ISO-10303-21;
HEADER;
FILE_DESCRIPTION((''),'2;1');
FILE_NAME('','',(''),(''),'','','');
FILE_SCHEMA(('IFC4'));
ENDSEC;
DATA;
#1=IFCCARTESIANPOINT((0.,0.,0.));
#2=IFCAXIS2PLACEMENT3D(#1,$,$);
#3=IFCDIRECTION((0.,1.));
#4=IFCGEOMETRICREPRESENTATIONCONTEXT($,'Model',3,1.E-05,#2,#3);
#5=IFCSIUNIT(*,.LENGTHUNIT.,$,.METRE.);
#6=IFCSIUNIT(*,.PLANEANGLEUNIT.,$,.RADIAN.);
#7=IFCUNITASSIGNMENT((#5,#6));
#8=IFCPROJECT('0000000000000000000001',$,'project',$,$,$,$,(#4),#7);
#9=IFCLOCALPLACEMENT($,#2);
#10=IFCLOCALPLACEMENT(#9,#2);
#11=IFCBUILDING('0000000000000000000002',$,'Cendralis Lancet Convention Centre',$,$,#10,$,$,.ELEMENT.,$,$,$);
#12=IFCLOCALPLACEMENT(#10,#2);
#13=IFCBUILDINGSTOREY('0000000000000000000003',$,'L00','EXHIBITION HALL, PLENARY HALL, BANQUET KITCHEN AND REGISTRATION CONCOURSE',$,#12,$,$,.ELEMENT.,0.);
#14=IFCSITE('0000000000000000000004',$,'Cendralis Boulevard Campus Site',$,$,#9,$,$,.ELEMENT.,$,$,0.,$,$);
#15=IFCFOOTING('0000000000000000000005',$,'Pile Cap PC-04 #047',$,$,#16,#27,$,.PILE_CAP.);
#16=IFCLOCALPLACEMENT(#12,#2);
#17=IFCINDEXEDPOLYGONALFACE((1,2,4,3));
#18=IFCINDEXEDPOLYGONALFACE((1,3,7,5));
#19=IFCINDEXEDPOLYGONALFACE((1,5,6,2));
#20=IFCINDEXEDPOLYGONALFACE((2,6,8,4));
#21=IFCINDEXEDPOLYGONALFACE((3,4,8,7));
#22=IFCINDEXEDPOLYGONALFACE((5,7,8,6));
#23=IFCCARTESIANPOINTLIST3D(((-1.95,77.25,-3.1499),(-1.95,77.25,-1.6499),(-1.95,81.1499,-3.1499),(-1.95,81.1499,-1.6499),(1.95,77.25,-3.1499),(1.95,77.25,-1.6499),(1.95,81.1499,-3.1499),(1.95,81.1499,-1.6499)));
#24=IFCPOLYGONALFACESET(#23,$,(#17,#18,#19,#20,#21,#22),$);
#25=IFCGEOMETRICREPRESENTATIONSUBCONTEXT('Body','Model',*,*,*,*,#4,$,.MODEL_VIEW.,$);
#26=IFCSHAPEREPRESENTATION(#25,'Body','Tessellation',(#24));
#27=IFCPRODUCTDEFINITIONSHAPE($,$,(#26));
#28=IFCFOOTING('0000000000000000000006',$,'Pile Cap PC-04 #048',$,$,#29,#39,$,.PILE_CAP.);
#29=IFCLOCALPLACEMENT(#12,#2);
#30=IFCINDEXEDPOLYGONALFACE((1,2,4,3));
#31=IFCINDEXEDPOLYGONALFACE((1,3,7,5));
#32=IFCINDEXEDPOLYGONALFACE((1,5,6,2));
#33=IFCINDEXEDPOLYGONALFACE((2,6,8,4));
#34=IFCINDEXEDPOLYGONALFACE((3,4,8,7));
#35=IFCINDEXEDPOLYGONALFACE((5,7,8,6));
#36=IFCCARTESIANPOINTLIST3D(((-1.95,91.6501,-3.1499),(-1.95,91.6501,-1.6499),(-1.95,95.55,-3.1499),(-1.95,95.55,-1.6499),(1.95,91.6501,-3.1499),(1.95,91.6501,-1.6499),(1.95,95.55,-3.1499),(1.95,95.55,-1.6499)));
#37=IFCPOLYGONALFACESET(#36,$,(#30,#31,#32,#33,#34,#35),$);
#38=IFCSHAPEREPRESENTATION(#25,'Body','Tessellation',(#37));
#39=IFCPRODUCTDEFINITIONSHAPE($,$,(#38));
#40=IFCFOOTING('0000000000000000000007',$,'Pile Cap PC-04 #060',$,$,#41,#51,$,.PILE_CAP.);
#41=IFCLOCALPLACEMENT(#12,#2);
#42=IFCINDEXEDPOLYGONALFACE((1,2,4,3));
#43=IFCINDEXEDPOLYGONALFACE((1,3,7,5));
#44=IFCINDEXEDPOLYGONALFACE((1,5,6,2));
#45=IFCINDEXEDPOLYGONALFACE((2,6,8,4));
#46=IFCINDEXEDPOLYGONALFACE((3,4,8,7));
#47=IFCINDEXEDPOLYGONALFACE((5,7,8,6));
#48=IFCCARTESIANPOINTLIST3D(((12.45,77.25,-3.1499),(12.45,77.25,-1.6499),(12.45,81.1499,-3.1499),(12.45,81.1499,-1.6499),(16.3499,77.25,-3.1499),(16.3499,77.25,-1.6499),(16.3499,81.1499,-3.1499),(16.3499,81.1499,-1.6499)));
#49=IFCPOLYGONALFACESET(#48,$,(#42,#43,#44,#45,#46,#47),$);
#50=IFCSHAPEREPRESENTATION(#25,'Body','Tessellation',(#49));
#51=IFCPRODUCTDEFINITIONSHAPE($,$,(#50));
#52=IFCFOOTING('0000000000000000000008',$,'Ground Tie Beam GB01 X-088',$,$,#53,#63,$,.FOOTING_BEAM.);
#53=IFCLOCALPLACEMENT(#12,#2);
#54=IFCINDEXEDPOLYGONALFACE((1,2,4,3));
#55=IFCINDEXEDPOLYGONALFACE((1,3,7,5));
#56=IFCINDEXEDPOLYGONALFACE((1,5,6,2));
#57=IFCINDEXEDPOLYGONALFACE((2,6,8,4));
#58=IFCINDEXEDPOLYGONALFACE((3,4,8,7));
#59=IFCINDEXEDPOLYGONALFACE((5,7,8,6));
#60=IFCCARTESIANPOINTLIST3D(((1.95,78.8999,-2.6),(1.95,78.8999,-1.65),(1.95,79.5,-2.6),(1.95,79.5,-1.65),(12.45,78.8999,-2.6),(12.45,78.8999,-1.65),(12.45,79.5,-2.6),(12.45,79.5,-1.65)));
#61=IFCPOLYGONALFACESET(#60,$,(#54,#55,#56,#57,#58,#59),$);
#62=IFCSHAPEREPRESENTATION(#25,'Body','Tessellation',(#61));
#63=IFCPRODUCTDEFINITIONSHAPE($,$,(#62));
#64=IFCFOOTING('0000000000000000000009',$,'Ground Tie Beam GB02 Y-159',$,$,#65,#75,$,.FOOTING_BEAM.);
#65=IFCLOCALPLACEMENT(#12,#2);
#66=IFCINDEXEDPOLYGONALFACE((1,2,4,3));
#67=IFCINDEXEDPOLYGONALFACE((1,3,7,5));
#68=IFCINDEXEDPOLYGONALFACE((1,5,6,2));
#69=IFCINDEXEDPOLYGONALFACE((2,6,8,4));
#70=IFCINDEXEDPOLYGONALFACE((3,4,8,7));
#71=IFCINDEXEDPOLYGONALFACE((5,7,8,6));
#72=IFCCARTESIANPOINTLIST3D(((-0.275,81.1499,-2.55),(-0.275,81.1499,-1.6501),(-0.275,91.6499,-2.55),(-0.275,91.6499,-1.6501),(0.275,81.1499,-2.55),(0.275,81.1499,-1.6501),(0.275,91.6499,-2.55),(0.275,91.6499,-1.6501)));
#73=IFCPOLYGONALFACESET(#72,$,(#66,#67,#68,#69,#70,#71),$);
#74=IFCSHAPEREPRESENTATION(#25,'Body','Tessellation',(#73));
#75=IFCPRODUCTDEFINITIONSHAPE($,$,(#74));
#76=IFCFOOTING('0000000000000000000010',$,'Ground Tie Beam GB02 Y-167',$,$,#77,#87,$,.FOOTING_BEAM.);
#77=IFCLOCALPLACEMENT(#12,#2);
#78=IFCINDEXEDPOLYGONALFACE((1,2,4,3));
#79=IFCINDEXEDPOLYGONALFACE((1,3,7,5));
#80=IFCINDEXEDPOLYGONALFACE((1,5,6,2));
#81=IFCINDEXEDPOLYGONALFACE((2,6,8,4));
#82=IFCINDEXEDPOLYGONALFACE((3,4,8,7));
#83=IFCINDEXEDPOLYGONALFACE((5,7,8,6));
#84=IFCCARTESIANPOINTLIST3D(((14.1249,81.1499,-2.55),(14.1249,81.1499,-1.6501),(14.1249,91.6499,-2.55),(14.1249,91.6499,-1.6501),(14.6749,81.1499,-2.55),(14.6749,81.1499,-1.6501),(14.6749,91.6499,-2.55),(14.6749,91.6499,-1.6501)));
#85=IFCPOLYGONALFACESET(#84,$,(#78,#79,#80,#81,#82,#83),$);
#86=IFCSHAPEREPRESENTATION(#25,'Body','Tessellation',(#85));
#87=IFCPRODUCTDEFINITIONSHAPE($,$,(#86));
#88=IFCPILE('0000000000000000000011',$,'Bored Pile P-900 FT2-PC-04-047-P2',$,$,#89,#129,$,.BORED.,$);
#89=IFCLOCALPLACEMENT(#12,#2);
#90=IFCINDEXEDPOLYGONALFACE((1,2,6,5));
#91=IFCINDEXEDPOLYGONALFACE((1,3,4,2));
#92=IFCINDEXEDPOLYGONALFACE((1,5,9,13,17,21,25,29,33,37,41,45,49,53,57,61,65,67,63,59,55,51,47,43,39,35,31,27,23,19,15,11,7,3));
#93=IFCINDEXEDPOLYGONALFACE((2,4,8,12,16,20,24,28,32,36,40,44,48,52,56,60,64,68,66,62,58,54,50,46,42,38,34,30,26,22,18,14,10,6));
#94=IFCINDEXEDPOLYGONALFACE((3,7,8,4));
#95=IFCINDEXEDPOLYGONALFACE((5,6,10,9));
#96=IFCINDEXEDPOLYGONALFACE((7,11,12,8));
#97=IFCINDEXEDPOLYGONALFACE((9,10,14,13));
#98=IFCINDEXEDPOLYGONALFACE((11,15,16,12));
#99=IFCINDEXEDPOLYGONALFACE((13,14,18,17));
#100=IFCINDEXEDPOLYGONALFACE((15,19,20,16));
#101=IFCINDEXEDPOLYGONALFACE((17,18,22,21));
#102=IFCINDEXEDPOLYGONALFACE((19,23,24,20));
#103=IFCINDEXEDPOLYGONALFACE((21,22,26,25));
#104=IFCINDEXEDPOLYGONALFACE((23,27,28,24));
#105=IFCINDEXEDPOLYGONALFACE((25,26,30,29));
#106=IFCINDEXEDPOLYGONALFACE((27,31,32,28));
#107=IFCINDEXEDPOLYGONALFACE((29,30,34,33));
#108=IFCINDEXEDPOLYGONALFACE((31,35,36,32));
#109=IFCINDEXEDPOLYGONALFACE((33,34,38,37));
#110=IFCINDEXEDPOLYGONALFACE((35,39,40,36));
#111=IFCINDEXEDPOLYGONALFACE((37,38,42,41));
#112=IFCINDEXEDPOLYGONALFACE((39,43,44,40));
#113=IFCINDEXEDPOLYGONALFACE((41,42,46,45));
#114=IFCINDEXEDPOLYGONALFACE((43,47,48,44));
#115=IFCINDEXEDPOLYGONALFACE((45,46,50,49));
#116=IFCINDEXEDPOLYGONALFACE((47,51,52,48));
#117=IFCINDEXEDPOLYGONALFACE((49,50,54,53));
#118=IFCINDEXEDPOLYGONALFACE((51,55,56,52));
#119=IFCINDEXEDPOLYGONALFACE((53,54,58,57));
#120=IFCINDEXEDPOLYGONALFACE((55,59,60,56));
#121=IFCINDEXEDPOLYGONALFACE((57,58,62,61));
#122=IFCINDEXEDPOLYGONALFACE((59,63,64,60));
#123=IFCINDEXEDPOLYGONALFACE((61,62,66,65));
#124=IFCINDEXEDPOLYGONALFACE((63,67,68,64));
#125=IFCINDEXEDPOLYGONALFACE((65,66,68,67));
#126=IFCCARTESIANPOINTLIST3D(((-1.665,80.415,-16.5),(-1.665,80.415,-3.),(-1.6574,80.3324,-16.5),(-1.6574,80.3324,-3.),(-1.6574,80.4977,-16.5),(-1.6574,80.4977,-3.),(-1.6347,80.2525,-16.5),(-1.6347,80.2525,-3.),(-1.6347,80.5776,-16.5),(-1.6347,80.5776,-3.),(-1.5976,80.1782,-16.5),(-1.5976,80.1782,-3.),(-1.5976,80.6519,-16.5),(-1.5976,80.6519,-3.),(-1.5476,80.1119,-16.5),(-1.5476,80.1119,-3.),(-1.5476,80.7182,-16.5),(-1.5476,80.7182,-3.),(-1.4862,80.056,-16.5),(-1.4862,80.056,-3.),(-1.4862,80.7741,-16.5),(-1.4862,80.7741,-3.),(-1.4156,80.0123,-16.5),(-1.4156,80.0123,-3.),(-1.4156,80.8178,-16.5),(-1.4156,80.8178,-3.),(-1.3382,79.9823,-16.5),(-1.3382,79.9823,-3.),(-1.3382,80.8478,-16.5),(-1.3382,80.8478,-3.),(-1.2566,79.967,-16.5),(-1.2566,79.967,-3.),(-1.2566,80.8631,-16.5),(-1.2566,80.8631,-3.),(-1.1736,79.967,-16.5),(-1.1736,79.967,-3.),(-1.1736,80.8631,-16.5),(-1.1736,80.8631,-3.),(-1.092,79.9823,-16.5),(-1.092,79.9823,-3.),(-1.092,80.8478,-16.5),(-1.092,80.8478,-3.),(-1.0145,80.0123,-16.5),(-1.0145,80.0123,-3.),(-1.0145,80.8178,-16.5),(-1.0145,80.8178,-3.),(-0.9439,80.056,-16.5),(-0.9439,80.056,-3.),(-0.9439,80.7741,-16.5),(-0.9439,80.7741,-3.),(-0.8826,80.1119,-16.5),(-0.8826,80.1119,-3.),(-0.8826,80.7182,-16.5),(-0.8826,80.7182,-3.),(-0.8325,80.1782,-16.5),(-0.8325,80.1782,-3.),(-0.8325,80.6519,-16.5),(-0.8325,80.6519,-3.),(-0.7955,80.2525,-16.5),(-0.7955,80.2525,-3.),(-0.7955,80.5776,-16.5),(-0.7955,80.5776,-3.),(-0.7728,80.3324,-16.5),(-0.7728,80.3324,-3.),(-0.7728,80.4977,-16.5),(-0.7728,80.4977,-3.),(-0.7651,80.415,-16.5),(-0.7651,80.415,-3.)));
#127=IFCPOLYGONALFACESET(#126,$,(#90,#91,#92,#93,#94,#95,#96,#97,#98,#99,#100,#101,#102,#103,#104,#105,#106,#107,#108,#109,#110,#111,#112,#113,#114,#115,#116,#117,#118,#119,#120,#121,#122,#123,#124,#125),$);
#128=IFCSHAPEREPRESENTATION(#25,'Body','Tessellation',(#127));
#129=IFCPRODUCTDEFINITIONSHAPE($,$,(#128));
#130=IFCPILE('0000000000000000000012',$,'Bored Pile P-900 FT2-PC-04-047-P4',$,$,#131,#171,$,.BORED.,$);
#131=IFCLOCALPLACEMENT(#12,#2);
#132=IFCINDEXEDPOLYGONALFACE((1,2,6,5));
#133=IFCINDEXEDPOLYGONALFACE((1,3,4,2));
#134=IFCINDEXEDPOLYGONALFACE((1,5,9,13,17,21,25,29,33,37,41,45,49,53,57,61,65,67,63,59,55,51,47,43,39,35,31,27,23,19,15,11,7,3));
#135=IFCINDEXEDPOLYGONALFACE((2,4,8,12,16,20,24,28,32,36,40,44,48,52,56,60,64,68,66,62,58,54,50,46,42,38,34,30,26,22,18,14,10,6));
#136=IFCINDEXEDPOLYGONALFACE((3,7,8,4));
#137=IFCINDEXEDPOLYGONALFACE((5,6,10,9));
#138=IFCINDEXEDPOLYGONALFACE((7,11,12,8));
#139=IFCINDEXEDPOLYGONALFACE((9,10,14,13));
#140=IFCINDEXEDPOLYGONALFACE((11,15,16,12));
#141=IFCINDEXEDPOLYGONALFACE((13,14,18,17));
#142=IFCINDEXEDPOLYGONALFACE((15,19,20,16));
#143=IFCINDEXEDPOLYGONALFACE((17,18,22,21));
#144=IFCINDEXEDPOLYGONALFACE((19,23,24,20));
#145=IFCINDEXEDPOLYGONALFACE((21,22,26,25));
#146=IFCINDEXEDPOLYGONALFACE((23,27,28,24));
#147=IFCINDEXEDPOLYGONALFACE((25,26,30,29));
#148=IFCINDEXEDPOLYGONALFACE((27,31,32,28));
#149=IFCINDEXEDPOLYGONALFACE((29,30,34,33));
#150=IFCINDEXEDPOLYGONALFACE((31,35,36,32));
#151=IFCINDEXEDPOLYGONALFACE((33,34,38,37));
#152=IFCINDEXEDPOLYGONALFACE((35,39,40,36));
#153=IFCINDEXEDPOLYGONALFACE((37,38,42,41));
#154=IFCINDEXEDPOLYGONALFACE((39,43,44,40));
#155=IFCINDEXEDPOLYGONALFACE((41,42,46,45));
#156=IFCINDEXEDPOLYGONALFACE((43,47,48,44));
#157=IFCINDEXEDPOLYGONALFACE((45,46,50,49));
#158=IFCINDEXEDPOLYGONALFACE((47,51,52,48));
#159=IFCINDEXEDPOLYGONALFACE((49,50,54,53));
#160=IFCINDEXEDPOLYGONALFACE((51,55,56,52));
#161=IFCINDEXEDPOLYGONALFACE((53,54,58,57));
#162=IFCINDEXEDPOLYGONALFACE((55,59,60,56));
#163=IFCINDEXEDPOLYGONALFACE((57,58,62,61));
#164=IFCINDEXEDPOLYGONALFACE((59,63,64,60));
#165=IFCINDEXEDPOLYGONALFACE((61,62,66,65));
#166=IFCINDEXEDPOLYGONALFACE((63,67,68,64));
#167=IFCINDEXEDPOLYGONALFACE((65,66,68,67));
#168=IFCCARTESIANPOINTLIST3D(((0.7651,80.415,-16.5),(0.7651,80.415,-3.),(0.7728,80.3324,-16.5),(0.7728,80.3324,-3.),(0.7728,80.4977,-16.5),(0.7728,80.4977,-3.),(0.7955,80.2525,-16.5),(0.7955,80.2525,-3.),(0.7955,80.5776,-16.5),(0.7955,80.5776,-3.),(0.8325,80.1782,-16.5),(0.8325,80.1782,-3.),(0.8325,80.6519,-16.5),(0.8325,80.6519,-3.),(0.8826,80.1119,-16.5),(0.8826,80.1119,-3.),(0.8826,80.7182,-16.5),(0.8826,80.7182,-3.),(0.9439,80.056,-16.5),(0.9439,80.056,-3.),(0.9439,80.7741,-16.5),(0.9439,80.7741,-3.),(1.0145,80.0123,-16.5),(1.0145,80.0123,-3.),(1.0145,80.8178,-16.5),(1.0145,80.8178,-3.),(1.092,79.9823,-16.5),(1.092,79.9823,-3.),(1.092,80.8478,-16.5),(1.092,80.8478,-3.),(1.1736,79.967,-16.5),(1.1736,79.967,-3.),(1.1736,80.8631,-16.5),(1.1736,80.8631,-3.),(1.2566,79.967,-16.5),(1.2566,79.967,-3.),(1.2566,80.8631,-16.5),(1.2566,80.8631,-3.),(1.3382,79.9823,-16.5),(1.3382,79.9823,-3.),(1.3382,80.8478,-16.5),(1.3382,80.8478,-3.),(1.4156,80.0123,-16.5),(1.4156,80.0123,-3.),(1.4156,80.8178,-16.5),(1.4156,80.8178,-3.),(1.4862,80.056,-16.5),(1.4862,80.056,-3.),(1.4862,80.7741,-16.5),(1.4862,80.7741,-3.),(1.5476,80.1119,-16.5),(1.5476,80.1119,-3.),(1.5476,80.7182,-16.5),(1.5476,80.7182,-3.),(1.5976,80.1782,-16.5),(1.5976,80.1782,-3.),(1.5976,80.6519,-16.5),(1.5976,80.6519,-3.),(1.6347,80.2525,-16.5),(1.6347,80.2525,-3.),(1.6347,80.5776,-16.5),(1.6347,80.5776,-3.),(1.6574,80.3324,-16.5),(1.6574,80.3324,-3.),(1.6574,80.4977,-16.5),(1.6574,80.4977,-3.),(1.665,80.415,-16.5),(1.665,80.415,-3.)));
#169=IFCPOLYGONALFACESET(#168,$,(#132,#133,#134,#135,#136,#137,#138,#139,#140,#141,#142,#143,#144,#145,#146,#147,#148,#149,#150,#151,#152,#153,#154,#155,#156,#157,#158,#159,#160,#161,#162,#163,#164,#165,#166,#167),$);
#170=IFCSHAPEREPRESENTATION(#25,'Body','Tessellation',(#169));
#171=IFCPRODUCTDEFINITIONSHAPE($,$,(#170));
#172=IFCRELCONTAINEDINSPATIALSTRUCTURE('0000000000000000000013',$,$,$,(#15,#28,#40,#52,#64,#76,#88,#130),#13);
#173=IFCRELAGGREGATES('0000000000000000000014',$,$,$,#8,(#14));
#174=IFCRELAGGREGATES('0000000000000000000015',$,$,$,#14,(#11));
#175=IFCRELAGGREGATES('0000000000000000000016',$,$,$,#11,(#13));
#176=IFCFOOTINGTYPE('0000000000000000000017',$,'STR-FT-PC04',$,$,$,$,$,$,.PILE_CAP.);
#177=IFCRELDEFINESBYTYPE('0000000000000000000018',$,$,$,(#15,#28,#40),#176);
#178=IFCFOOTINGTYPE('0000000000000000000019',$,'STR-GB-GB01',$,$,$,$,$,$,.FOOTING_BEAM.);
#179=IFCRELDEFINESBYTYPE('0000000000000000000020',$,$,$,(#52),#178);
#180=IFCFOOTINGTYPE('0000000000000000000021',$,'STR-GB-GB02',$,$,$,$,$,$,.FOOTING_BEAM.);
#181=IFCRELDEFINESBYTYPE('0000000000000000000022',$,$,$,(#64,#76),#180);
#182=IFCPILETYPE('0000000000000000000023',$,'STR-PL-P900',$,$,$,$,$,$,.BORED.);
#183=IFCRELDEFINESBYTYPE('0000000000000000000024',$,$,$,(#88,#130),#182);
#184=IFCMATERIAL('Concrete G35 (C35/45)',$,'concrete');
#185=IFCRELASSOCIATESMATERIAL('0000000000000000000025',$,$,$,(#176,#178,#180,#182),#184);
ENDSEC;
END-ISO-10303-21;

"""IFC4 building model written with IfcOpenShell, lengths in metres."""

from ifc_helpers import new_model, si_unit, direction, frame, origin, origin_2d, place, context, subcontext, project, spatial, rectangle, circle, extrude, material, material_profile, profile_set, type_object, element, save


model = new_model("IFC4")

# Units and contexts
model_context = context("Model", 3, precision=1e-05, world=origin(), true_north=direction((0.0, 1.0)))
body_context = subcontext(model_context, "Body", "Model", "MODEL_VIEW")
ifc_project = project(units=[si_unit("LENGTHUNIT", "METRE"), si_unit("PLANEANGLEUNIT", "RADIAN")], contexts=[model_context])

# Site, building, storey
site_placement = place(None, origin())
site = spatial("IfcSite", under=ifc_project, at=site_placement, Name="Cendralis Boulevard Campus Site", CompositionType="ELEMENT", RefElevation=0.0)
building_placement = place(site_placement, origin())
building = spatial("IfcBuilding", under=site, at=building_placement, Name="Cendralis Lancet Convention Centre", CompositionType="ELEMENT")
storey_placement = place(building_placement, origin())
storey = spatial("IfcBuildingStorey", under=building, at=storey_placement, Name="L00", Description="EXHIBITION HALL, PLENARY HALL, BANQUET KITCHEN AND REGISTRATION CONCOURSE", CompositionType="ELEMENT", Elevation=0.0)

# Footings
ifc_material_1 = material(Name="Concrete G35 (C35/45)", Category="concrete")
footing_type_1 = type_object("IfcFootingType", Name="STR-FT-PC04", PredefinedType="PILE_CAP", material=ifc_material_1)
for number, where, z_axis, x_axis, name in (
    (1, (0.0, 79.2, -3.1499), (0.0, 0.0, 1.0), (1.0, 0.0, 0.0), "Pile Cap PC-04 #047"),
    (2, (0.0, 93.6001, -3.1499), (0.0, 0.0, 1.0), (1.0, 0.0, 0.0), "Pile Cap PC-04 #048"),
    (3, (14.3999, 79.2, -3.1499), (0.0, 0.0, 1.0), (1.0, 0.0, 0.0), "Pile Cap PC-04 #060"),
):
    element("IfcFooting", number, at=place(storey_placement, frame(where, z_axis=z_axis, x_axis=x_axis)), inside=storey, type_object=footing_type_1, Name=name, PredefinedType="PILE_CAP", context=body_context, shape_type="SweptSolid", body=[
        extrude(rectangle(XDim=3.8999, YDim=3.8999, at=origin_2d()), origin(), (0.0, 0.0, 1.0), 1.5),
    ])
ifc_material_profile_1 = material_profile(ifc_material_1, rectangle(XDim=0.6001, YDim=0.95, at=origin_2d()), Name="RCB 600x950")
ifc_profile_set_1 = profile_set([ifc_material_profile_1], Name="Concrete G35 (C35/45)")
footing_type_2 = type_object("IfcFootingType", Name="STR-GB-GB01", PredefinedType="FOOTING_BEAM", material=ifc_profile_set_1)
footing_placement = place(storey_placement, frame((1.95, 79.2, -2.125), z_axis=(1.0, 0.0, 0.0), x_axis=(0.0, 1.0, 0.0)))
element("IfcFooting", 4, at=footing_placement, inside=storey, type_object=footing_type_2, Name="Ground Tie Beam GB01 X-088", PredefinedType="FOOTING_BEAM", context=body_context, shape_type="SweptSolid", body=[
    extrude(rectangle(XDim=0.6001, YDim=0.95, at=origin_2d()), origin(), (0.0, 0.0, 1.0), 10.5),
])
ifc_material_profile_2 = material_profile(ifc_material_1, rectangle(XDim=0.55, YDim=0.8999, at=origin_2d()), Name="RCB 550x900")
ifc_profile_set_2 = profile_set([ifc_material_profile_2], Name="Concrete G35 (C35/45)")
footing_type_3 = type_object("IfcFootingType", Name="STR-GB-GB02", PredefinedType="FOOTING_BEAM", material=ifc_profile_set_2)
for number, where, z_axis, x_axis, name in (
    (5, (0.0, 81.1499, -2.1001), (0.0, 1.0, 0.0), (-1.0, 0.0, 0.0), "Ground Tie Beam GB02 Y-159"),
    (6, (14.3999, 81.1499, -2.1001), (0.0, 1.0, 0.0), (-1.0, 0.0, 0.0), "Ground Tie Beam GB02 Y-167"),
):
    element("IfcFooting", number, at=place(storey_placement, frame(where, z_axis=z_axis, x_axis=x_axis)), inside=storey, type_object=footing_type_3, Name=name, PredefinedType="FOOTING_BEAM", context=body_context, shape_type="SweptSolid", body=[
        extrude(rectangle(XDim=0.55, YDim=0.8999, at=origin_2d()), origin(), (0.0, 0.0, 1.0), 10.5),
    ])

# Piles
ifc_material_profile_3 = material_profile(ifc_material_1, circle(Radius=0.45, at=origin_2d()), Name="BORED PILE D900")
ifc_profile_set_3 = profile_set([ifc_material_profile_3], Name="Concrete G35 (C35/45)")
pile_type = type_object("IfcPileType", Name="STR-PL-P900", PredefinedType="BORED", material=ifc_profile_set_3)
for number, where, z_axis, x_axis, name in (
    (7, (-1.2151, 80.415, -3.0), (0.0, 0.0, -1.0), (1.0, 0.0, 0.0), "Bored Pile P-900 FT2-PC-04-047-P2"),
    (8, (1.2151, 80.415, -3.0), (0.0, 0.0, -1.0), (1.0, 0.0, 0.0), "Bored Pile P-900 FT2-PC-04-047-P4"),
):
    element("IfcPile", number, at=place(storey_placement, frame(where, z_axis=z_axis, x_axis=x_axis)), inside=storey, type_object=pile_type, Name=name, PredefinedType="BORED", context=body_context, shape_type="SweptSolid", body=[
        extrude(circle(Radius=0.45, at=origin_2d()), origin(), (0.0, 0.0, 1.0), 13.5),
    ])

save(model, "model.ifc")
